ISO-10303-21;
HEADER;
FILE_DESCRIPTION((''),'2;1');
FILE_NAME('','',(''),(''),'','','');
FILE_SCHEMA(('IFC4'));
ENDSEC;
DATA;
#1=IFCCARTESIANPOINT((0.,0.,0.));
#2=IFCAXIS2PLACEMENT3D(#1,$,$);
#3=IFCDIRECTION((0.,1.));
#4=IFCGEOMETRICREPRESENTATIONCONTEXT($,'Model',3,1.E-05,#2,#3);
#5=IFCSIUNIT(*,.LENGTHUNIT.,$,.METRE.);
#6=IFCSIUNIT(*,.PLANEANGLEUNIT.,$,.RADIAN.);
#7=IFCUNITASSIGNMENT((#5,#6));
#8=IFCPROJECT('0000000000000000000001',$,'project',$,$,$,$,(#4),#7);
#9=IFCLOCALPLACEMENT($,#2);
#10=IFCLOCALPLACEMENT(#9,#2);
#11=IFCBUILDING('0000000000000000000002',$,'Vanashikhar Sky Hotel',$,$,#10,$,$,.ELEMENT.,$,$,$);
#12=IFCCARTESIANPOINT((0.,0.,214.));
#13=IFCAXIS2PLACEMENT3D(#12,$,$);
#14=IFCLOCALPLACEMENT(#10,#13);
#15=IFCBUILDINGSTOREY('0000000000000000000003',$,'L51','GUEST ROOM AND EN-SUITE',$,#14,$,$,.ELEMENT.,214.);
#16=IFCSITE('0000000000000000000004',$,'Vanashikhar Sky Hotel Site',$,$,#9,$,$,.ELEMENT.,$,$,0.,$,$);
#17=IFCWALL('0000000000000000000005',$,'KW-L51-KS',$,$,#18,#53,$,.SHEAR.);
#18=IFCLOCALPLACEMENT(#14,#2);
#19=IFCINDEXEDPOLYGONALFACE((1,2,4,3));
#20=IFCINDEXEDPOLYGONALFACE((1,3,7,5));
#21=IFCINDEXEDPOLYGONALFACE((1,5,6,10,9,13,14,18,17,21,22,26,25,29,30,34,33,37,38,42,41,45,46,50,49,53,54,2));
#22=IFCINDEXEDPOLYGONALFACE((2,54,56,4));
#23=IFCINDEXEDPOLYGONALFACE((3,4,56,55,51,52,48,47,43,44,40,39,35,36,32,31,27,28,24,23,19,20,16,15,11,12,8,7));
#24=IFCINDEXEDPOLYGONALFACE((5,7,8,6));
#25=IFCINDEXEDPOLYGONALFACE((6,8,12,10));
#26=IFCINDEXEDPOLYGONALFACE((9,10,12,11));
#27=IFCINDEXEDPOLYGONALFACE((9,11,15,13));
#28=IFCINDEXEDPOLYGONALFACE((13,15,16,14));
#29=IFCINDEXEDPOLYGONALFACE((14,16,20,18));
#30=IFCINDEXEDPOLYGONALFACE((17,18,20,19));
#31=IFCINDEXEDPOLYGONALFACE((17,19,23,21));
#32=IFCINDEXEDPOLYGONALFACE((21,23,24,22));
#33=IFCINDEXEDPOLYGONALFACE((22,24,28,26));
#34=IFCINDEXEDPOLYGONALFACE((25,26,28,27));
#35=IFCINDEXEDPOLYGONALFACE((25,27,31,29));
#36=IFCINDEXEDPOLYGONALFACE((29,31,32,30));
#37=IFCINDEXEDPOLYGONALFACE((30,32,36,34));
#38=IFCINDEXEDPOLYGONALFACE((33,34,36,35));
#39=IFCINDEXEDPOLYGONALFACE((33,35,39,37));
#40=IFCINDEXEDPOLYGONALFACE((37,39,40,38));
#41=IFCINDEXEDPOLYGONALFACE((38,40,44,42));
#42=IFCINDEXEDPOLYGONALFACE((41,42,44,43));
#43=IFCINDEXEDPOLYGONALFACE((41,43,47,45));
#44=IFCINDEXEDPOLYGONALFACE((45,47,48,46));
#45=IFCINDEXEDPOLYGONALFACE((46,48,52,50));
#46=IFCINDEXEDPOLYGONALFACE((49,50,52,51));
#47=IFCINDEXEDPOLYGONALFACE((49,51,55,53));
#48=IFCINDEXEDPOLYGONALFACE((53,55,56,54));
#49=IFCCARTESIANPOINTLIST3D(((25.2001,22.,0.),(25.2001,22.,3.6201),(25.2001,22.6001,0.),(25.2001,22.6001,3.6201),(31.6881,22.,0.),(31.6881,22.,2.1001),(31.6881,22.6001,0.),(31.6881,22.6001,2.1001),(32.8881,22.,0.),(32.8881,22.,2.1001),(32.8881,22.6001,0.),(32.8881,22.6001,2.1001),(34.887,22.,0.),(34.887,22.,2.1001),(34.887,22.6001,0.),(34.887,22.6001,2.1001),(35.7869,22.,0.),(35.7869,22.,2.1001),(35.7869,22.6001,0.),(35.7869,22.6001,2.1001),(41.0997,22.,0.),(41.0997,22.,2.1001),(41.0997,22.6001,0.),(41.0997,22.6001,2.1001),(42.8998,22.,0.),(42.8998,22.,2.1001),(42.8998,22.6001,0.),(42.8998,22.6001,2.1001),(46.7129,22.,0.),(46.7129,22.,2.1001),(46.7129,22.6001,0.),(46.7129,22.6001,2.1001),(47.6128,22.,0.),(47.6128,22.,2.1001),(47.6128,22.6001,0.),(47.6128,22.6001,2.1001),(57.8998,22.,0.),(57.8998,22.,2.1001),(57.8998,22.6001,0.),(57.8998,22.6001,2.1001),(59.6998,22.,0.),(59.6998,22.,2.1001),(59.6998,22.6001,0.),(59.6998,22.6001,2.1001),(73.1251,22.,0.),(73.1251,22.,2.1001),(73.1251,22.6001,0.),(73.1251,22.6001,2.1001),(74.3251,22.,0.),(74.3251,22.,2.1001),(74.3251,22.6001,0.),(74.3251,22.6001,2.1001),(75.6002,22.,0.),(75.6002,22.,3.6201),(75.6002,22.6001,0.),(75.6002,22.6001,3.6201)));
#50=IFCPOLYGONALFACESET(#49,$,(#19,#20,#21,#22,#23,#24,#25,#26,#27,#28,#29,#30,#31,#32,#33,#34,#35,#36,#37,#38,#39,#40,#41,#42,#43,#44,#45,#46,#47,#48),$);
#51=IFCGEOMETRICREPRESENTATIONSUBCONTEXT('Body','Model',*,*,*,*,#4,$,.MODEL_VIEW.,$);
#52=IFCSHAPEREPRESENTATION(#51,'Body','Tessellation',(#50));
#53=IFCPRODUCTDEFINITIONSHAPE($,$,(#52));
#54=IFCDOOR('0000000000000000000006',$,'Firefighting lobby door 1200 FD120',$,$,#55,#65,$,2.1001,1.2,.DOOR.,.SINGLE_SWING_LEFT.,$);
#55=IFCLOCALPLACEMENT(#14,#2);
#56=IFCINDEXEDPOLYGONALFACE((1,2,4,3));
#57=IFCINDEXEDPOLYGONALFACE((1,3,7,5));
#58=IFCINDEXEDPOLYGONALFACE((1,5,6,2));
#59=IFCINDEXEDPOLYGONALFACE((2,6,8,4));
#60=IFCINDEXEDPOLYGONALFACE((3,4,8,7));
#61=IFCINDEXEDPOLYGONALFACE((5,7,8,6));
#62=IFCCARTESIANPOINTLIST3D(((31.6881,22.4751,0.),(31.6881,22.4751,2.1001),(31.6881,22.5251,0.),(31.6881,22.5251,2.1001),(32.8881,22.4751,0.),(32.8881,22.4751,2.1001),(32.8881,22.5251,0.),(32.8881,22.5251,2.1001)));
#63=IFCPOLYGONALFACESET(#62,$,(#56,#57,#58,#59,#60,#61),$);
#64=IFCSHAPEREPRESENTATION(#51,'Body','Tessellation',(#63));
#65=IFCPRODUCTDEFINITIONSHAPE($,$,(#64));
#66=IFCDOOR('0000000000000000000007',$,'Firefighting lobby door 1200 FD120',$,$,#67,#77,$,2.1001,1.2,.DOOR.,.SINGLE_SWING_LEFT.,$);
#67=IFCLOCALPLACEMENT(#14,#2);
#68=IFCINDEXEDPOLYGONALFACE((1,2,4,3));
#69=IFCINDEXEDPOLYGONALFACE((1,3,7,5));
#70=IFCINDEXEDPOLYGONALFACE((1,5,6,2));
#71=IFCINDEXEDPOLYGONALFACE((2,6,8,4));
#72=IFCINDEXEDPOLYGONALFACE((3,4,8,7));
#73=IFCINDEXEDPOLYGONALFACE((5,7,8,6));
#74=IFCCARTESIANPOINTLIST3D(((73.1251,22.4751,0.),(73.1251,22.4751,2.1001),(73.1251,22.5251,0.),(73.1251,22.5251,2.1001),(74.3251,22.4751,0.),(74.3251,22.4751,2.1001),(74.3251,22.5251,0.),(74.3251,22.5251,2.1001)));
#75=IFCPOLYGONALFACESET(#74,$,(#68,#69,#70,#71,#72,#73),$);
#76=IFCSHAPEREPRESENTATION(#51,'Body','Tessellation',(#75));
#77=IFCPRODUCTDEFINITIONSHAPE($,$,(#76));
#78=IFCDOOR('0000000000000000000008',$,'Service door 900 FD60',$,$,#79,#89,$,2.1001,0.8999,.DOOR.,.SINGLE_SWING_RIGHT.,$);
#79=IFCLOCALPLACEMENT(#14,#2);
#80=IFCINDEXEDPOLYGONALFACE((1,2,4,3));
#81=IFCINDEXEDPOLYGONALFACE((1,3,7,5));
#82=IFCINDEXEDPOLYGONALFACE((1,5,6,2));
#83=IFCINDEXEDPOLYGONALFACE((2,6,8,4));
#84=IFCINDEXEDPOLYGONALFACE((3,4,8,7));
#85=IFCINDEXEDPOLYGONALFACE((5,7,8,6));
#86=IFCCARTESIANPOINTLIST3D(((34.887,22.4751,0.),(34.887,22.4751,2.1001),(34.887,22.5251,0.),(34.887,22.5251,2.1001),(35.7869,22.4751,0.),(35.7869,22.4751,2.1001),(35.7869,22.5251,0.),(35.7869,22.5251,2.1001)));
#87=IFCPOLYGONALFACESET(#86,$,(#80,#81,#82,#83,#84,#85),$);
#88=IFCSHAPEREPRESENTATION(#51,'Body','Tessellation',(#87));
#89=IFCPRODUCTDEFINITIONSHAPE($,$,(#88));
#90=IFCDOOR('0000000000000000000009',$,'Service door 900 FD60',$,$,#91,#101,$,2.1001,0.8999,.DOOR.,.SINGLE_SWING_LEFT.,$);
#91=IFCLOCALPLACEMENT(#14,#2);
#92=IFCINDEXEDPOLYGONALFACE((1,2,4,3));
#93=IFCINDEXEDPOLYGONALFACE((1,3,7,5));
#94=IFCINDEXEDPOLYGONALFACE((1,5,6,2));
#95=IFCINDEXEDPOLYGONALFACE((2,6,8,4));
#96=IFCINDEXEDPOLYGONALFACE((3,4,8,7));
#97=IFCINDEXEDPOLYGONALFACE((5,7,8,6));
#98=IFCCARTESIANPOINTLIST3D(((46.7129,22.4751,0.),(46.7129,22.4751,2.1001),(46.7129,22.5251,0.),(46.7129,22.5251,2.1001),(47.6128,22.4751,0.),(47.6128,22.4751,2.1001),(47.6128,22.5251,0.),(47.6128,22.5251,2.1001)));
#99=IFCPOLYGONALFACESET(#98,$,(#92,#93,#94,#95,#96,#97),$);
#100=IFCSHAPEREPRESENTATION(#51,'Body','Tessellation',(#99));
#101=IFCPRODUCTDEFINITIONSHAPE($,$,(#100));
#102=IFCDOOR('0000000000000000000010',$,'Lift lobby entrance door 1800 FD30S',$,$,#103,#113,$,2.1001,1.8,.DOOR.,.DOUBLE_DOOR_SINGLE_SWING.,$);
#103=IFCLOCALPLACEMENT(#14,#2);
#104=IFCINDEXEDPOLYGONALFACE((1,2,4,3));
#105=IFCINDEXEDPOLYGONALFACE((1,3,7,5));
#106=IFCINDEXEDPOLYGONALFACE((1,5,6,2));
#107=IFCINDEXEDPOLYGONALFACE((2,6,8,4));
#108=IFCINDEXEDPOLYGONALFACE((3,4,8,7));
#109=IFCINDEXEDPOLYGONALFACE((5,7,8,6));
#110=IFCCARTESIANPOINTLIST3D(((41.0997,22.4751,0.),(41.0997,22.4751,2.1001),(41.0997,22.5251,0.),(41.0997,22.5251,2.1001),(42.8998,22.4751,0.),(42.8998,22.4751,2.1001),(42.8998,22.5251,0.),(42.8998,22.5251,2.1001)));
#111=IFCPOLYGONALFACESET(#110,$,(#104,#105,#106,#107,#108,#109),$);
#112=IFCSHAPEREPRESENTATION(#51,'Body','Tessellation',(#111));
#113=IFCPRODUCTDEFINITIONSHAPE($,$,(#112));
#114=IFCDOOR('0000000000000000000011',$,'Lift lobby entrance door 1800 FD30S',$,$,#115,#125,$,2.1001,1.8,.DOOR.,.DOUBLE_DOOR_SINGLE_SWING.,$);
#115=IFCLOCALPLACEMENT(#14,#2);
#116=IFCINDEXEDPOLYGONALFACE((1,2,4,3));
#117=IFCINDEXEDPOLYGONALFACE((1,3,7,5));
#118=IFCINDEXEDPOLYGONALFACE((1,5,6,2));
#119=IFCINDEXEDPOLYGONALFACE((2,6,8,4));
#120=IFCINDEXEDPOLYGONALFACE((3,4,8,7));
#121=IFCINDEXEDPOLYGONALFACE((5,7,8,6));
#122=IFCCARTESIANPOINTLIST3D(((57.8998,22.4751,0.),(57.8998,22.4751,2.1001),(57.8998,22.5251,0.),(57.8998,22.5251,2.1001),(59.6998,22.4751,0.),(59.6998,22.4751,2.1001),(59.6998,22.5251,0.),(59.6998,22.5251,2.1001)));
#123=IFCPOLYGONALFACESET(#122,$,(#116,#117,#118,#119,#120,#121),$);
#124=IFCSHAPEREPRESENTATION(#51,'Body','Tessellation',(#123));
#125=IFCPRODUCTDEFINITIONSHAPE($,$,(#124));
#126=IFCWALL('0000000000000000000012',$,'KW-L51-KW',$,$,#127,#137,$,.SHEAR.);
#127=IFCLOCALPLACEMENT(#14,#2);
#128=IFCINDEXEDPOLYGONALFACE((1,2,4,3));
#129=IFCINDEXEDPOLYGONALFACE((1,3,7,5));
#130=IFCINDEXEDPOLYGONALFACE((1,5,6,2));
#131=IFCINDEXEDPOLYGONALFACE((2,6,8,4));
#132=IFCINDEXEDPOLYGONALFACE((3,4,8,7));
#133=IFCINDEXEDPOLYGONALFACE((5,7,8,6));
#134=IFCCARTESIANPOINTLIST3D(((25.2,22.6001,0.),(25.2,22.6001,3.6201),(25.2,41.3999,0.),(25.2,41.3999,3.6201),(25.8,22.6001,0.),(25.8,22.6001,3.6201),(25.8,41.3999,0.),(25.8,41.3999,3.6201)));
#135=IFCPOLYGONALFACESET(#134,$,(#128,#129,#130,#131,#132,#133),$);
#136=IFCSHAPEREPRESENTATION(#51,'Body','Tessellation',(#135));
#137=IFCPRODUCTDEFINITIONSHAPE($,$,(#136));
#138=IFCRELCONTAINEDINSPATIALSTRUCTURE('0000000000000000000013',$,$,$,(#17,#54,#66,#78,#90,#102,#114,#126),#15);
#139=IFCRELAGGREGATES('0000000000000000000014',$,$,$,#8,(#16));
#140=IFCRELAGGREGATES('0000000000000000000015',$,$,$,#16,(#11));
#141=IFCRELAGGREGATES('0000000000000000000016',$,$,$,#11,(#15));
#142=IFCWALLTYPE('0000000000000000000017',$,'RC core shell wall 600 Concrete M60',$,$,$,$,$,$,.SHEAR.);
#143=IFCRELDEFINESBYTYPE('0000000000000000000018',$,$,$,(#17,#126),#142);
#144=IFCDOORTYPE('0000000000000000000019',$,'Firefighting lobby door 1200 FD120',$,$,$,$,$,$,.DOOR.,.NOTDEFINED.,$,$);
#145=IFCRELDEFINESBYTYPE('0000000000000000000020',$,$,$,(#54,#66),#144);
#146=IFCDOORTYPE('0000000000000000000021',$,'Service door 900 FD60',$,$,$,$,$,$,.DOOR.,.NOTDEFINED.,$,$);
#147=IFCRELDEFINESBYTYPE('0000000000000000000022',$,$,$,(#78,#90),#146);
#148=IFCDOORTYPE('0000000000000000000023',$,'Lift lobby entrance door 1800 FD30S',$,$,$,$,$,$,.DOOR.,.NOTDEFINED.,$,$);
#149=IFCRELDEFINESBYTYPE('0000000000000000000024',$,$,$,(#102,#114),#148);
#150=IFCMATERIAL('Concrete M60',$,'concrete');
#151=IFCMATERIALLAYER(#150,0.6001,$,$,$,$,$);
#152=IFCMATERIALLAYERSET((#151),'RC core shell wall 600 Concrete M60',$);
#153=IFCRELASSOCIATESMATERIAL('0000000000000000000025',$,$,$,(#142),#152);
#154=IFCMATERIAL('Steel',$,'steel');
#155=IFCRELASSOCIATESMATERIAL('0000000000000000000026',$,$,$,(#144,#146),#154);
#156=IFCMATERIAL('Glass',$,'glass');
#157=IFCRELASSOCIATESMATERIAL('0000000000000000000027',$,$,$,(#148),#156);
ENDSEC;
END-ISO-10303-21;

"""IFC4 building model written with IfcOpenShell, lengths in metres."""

from ifc_helpers import new_model, si_unit, direction, frame, frame_2d, origin, place, context, subcontext, project, spatial, rectangle, extrude, source, transform, mapped, material, layer, layer_set, type_object, element, fill, save


model = new_model("IFC4")

# Units and contexts
model_context = context("Model", 3, precision=1e-05, world=origin(), true_north=direction((0.0, 1.0)))
body_context = subcontext(model_context, "Body", "Model", "MODEL_VIEW")
ifc_project = project(units=[si_unit("LENGTHUNIT", "METRE"), si_unit("PLANEANGLEUNIT", "RADIAN")], contexts=[model_context])

# Site, building, storey
site_placement = place(None, origin())
site = spatial("IfcSite", under=ifc_project, at=site_placement, Name="Vanashikhar Sky Hotel Site", CompositionType="ELEMENT", RefElevation=0.0)
building_placement = place(site_placement, origin())
building = spatial("IfcBuilding", under=site, at=building_placement, Name="Vanashikhar Sky Hotel", CompositionType="ELEMENT")
storey_placement = place(building_placement, frame((0.0, 0.0, 214.0)))
storey = spatial("IfcBuildingStorey", under=building, at=storey_placement, Name="L51", Description="GUEST ROOM AND EN-SUITE", CompositionType="ELEMENT", Elevation=214.0)

# Wall, openings, doors
ifc_material_1 = material(Name="Concrete M60", Category="concrete")
ifc_layer_1 = layer(ifc_material_1, 0.6001)
ifc_layer_set_1 = layer_set([ifc_layer_1], Name="RC core shell wall 600 Concrete M60")
wall_type_1 = type_object("IfcWallType", Name="RC core shell wall 600 Concrete M60", PredefinedType="SHEAR", material=ifc_layer_set_1)
shared_shape_1 = source(origin(), body_context, "Body", "SweptSolid", [
    extrude(rectangle(XDim=50.4001, YDim=0.6001, at=frame_2d((25.2002, 0.0))), origin(), (0.0, 0.0, 1.0), 3.6201),
])
wall_1_placement = place(storey_placement, frame((25.2, 22.3, 0.0), z_axis=(0.0, 0.0, 1.0), x_axis=(1.0, 0.0, 0.0)))
wall_1 = element("IfcWall", 1, at=wall_1_placement, inside=storey, type_object=wall_type_1, Name="KW-L51-KS", PredefinedType="SHEAR", context=body_context, shape_type="MappedRepresentation", body=[
    mapped(shared_shape_1, transform((0.0, 0.0, 0.0), scale=1.0)),
])
shared_shape_2 = source(origin(), body_context, "Body", "SweptSolid", [
    extrude(rectangle(XDim=1.8, YDim=2.1001, at=frame_2d((0.8999, 1.05))), frame((0.0, 0.3101, 0.0), z_axis=(0.0, -1.0, 0.0), x_axis=(1.0, 0.0, 0.0)), (0.0, 0.0, 1.0), 0.6201),
])
opening_1_placement = place(wall_1_placement, frame((15.8999, 0.0, 0.0)))
opening_1 = element("IfcOpeningElement", 2, at=opening_1_placement, cuts=wall_1, PredefinedType="OPENING", context=body_context, shape_type="MappedRepresentation", body=[
    mapped(shared_shape_2, transform((0.0, 0.0, 0.0), scale=1.0)),
])
shared_shape_3 = source(origin(), body_context, "Body", "SweptSolid", [
    extrude(rectangle(XDim=0.8999, YDim=2.1001, at=frame_2d((0.45, 1.05))), frame((0.0, 0.3101, 0.0), z_axis=(0.0, -1.0, 0.0), x_axis=(1.0, 0.0, 0.0)), (0.0, 0.0, 1.0), 0.6201),
])
opening_2_placement = place(wall_1_placement, frame((9.687, 0.0, 0.0)))
opening_2 = element("IfcOpeningElement", 3, at=opening_2_placement, cuts=wall_1, PredefinedType="OPENING", context=body_context, shape_type="MappedRepresentation", body=[
    mapped(shared_shape_3, transform((0.0, 0.0, 0.0), scale=1.0)),
])
opening_3_placement = place(wall_1_placement, frame((21.5129, 0.0, 0.0)))
opening_3 = element("IfcOpeningElement", 4, at=opening_3_placement, cuts=wall_1, PredefinedType="OPENING", context=body_context, shape_type="MappedRepresentation", body=[
    mapped(shared_shape_3, transform((0.0, 0.0, 0.0), scale=1.0)),
])
opening_4_placement = place(wall_1_placement, frame((32.7, 0.0, 0.0)))
opening_4 = element("IfcOpeningElement", 5, at=opening_4_placement, cuts=wall_1, PredefinedType="OPENING", context=body_context, shape_type="MappedRepresentation", body=[
    mapped(shared_shape_2, transform((0.0, 0.0, 0.0), scale=1.0)),
])
shared_shape_4 = source(origin(), body_context, "Body", "SweptSolid", [
    extrude(rectangle(XDim=1.2, YDim=2.1001, at=frame_2d((0.6001, 1.05))), frame((0.0, 0.3101, 0.0), z_axis=(0.0, -1.0, 0.0), x_axis=(1.0, 0.0, 0.0)), (0.0, 0.0, 1.0), 0.6201),
])
opening_5_placement = place(wall_1_placement, frame((6.488, 0.0, 0.0)))
opening_5 = element("IfcOpeningElement", 6, at=opening_5_placement, cuts=wall_1, PredefinedType="OPENING", context=body_context, shape_type="MappedRepresentation", body=[
    mapped(shared_shape_4, transform((0.0, 0.0, 0.0), scale=1.0)),
])
opening_6_placement = place(wall_1_placement, frame((47.925, 0.0, 0.0)))
opening_6 = element("IfcOpeningElement", 7, at=opening_6_placement, cuts=wall_1, PredefinedType="OPENING", context=body_context, shape_type="MappedRepresentation", body=[
    mapped(shared_shape_4, transform((0.0, 0.0, 0.0), scale=1.0)),
])
ifc_material_2 = material(Name="Steel", Category="steel")
door_type_1 = type_object("IfcDoorType", Name="Firefighting lobby door 1200 FD120", OperationType="NOTDEFINED", PredefinedType="DOOR", material=ifc_material_2)
shared_shape_5 = source(origin(), body_context, "Body", "SweptSolid", [
    extrude(rectangle(XDim=1.2, YDim=2.1001, at=frame_2d((0.6001, 1.05))), frame((0.0, 0.2251, 0.0), z_axis=(0.0, -1.0, 0.0), x_axis=(1.0, 0.0, 0.0)), (0.0, 0.0, 1.0), 0.05),
])
door_1_placement = place(opening_5_placement, origin())
door_1 = element("IfcDoor", 8, at=door_1_placement, inside=storey, type_object=door_type_1, Name="Firefighting lobby door 1200 FD120", OperationType="SINGLE_SWING_LEFT", OverallHeight=2.1001, OverallWidth=1.2, PredefinedType="DOOR", context=body_context, shape_type="MappedRepresentation", body=[
    mapped(shared_shape_5, transform((0.0, 0.0, 0.0), scale=1.0)),
])
fill(opening_5, door_1)
door_2_placement = place(opening_6_placement, origin())
door_2 = element("IfcDoor", 9, at=door_2_placement, inside=storey, type_object=door_type_1, Name="Firefighting lobby door 1200 FD120", OperationType="SINGLE_SWING_LEFT", OverallHeight=2.1001, OverallWidth=1.2, PredefinedType="DOOR", context=body_context, shape_type="MappedRepresentation", body=[
    mapped(shared_shape_5, transform((0.0, 0.0, 0.0), scale=1.0)),
])
fill(opening_6, door_2)
door_type_2 = type_object("IfcDoorType", Name="Service door 900 FD60", OperationType="NOTDEFINED", PredefinedType="DOOR", material=ifc_material_2)
shared_shape_6 = source(origin(), body_context, "Body", "SweptSolid", [
    extrude(rectangle(XDim=0.8999, YDim=2.1001, at=frame_2d((0.45, 1.05))), frame((0.0, 0.2251, 0.0), z_axis=(0.0, -1.0, 0.0), x_axis=(1.0, 0.0, 0.0)), (0.0, 0.0, 1.0), 0.05),
])
door_3_placement = place(opening_2_placement, origin())
door_3 = element("IfcDoor", 10, at=door_3_placement, inside=storey, type_object=door_type_2, Name="Service door 900 FD60", OperationType="SINGLE_SWING_RIGHT", OverallHeight=2.1001, OverallWidth=0.8999, PredefinedType="DOOR", context=body_context, shape_type="MappedRepresentation", body=[
    mapped(shared_shape_6, transform((0.0, 0.0, 0.0), scale=1.0)),
])
fill(opening_2, door_3)
door_4_placement = place(opening_3_placement, origin())
door_4 = element("IfcDoor", 11, at=door_4_placement, inside=storey, type_object=door_type_2, Name="Service door 900 FD60", OperationType="SINGLE_SWING_LEFT", OverallHeight=2.1001, OverallWidth=0.8999, PredefinedType="DOOR", context=body_context, shape_type="MappedRepresentation", body=[
    mapped(shared_shape_6, transform((0.0, 0.0, 0.0), scale=1.0)),
])
fill(opening_3, door_4)
ifc_material_3 = material(Name="Glass", Category="glass")
door_type_3 = type_object("IfcDoorType", Name="Lift lobby entrance door 1800 FD30S", OperationType="NOTDEFINED", PredefinedType="DOOR", material=ifc_material_3)
shared_shape_7 = source(origin(), body_context, "Body", "SweptSolid", [
    extrude(rectangle(XDim=1.8, YDim=2.1001, at=frame_2d((0.8999, 1.05))), frame((0.0, 0.2251, 0.0), z_axis=(0.0, -1.0, 0.0), x_axis=(1.0, 0.0, 0.0)), (0.0, 0.0, 1.0), 0.05),
])
door_5_placement = place(opening_1_placement, origin())
door_5 = element("IfcDoor", 12, at=door_5_placement, inside=storey, type_object=door_type_3, Name="Lift lobby entrance door 1800 FD30S", OperationType="DOUBLE_DOOR_SINGLE_SWING", OverallHeight=2.1001, OverallWidth=1.8, PredefinedType="DOOR", context=body_context, shape_type="MappedRepresentation", body=[
    mapped(shared_shape_7, transform((0.0, 0.0, 0.0), scale=1.0)),
])
fill(opening_1, door_5)
door_6_placement = place(opening_4_placement, origin())
door_6 = element("IfcDoor", 13, at=door_6_placement, inside=storey, type_object=door_type_3, Name="Lift lobby entrance door 1800 FD30S", OperationType="DOUBLE_DOOR_SINGLE_SWING", OverallHeight=2.1001, OverallWidth=1.8, PredefinedType="DOOR", context=body_context, shape_type="MappedRepresentation", body=[
    mapped(shared_shape_7, transform((0.0, 0.0, 0.0), scale=1.0)),
])
fill(opening_4, door_6)

# Wall
shared_shape_8 = source(origin(), body_context, "Body", "SweptSolid", [
    extrude(rectangle(XDim=18.7998, YDim=0.6001, at=frame_2d((9.3999, 0.0))), origin(), (0.0, 0.0, 1.0), 3.6201),
])
wall_2_placement = place(storey_placement, frame((25.5, 22.6001, 0.0), z_axis=(0.0, 0.0, 1.0), x_axis=(0.0, 1.0, 0.0)))
element("IfcWall", 14, at=wall_2_placement, inside=storey, type_object=wall_type_1, Name="KW-L51-KW", PredefinedType="SHEAR", context=body_context, shape_type="MappedRepresentation", body=[
    mapped(shared_shape_8, transform((0.0, 0.0, 0.0), scale=1.0)),
])

save(model, "model.ifc")
